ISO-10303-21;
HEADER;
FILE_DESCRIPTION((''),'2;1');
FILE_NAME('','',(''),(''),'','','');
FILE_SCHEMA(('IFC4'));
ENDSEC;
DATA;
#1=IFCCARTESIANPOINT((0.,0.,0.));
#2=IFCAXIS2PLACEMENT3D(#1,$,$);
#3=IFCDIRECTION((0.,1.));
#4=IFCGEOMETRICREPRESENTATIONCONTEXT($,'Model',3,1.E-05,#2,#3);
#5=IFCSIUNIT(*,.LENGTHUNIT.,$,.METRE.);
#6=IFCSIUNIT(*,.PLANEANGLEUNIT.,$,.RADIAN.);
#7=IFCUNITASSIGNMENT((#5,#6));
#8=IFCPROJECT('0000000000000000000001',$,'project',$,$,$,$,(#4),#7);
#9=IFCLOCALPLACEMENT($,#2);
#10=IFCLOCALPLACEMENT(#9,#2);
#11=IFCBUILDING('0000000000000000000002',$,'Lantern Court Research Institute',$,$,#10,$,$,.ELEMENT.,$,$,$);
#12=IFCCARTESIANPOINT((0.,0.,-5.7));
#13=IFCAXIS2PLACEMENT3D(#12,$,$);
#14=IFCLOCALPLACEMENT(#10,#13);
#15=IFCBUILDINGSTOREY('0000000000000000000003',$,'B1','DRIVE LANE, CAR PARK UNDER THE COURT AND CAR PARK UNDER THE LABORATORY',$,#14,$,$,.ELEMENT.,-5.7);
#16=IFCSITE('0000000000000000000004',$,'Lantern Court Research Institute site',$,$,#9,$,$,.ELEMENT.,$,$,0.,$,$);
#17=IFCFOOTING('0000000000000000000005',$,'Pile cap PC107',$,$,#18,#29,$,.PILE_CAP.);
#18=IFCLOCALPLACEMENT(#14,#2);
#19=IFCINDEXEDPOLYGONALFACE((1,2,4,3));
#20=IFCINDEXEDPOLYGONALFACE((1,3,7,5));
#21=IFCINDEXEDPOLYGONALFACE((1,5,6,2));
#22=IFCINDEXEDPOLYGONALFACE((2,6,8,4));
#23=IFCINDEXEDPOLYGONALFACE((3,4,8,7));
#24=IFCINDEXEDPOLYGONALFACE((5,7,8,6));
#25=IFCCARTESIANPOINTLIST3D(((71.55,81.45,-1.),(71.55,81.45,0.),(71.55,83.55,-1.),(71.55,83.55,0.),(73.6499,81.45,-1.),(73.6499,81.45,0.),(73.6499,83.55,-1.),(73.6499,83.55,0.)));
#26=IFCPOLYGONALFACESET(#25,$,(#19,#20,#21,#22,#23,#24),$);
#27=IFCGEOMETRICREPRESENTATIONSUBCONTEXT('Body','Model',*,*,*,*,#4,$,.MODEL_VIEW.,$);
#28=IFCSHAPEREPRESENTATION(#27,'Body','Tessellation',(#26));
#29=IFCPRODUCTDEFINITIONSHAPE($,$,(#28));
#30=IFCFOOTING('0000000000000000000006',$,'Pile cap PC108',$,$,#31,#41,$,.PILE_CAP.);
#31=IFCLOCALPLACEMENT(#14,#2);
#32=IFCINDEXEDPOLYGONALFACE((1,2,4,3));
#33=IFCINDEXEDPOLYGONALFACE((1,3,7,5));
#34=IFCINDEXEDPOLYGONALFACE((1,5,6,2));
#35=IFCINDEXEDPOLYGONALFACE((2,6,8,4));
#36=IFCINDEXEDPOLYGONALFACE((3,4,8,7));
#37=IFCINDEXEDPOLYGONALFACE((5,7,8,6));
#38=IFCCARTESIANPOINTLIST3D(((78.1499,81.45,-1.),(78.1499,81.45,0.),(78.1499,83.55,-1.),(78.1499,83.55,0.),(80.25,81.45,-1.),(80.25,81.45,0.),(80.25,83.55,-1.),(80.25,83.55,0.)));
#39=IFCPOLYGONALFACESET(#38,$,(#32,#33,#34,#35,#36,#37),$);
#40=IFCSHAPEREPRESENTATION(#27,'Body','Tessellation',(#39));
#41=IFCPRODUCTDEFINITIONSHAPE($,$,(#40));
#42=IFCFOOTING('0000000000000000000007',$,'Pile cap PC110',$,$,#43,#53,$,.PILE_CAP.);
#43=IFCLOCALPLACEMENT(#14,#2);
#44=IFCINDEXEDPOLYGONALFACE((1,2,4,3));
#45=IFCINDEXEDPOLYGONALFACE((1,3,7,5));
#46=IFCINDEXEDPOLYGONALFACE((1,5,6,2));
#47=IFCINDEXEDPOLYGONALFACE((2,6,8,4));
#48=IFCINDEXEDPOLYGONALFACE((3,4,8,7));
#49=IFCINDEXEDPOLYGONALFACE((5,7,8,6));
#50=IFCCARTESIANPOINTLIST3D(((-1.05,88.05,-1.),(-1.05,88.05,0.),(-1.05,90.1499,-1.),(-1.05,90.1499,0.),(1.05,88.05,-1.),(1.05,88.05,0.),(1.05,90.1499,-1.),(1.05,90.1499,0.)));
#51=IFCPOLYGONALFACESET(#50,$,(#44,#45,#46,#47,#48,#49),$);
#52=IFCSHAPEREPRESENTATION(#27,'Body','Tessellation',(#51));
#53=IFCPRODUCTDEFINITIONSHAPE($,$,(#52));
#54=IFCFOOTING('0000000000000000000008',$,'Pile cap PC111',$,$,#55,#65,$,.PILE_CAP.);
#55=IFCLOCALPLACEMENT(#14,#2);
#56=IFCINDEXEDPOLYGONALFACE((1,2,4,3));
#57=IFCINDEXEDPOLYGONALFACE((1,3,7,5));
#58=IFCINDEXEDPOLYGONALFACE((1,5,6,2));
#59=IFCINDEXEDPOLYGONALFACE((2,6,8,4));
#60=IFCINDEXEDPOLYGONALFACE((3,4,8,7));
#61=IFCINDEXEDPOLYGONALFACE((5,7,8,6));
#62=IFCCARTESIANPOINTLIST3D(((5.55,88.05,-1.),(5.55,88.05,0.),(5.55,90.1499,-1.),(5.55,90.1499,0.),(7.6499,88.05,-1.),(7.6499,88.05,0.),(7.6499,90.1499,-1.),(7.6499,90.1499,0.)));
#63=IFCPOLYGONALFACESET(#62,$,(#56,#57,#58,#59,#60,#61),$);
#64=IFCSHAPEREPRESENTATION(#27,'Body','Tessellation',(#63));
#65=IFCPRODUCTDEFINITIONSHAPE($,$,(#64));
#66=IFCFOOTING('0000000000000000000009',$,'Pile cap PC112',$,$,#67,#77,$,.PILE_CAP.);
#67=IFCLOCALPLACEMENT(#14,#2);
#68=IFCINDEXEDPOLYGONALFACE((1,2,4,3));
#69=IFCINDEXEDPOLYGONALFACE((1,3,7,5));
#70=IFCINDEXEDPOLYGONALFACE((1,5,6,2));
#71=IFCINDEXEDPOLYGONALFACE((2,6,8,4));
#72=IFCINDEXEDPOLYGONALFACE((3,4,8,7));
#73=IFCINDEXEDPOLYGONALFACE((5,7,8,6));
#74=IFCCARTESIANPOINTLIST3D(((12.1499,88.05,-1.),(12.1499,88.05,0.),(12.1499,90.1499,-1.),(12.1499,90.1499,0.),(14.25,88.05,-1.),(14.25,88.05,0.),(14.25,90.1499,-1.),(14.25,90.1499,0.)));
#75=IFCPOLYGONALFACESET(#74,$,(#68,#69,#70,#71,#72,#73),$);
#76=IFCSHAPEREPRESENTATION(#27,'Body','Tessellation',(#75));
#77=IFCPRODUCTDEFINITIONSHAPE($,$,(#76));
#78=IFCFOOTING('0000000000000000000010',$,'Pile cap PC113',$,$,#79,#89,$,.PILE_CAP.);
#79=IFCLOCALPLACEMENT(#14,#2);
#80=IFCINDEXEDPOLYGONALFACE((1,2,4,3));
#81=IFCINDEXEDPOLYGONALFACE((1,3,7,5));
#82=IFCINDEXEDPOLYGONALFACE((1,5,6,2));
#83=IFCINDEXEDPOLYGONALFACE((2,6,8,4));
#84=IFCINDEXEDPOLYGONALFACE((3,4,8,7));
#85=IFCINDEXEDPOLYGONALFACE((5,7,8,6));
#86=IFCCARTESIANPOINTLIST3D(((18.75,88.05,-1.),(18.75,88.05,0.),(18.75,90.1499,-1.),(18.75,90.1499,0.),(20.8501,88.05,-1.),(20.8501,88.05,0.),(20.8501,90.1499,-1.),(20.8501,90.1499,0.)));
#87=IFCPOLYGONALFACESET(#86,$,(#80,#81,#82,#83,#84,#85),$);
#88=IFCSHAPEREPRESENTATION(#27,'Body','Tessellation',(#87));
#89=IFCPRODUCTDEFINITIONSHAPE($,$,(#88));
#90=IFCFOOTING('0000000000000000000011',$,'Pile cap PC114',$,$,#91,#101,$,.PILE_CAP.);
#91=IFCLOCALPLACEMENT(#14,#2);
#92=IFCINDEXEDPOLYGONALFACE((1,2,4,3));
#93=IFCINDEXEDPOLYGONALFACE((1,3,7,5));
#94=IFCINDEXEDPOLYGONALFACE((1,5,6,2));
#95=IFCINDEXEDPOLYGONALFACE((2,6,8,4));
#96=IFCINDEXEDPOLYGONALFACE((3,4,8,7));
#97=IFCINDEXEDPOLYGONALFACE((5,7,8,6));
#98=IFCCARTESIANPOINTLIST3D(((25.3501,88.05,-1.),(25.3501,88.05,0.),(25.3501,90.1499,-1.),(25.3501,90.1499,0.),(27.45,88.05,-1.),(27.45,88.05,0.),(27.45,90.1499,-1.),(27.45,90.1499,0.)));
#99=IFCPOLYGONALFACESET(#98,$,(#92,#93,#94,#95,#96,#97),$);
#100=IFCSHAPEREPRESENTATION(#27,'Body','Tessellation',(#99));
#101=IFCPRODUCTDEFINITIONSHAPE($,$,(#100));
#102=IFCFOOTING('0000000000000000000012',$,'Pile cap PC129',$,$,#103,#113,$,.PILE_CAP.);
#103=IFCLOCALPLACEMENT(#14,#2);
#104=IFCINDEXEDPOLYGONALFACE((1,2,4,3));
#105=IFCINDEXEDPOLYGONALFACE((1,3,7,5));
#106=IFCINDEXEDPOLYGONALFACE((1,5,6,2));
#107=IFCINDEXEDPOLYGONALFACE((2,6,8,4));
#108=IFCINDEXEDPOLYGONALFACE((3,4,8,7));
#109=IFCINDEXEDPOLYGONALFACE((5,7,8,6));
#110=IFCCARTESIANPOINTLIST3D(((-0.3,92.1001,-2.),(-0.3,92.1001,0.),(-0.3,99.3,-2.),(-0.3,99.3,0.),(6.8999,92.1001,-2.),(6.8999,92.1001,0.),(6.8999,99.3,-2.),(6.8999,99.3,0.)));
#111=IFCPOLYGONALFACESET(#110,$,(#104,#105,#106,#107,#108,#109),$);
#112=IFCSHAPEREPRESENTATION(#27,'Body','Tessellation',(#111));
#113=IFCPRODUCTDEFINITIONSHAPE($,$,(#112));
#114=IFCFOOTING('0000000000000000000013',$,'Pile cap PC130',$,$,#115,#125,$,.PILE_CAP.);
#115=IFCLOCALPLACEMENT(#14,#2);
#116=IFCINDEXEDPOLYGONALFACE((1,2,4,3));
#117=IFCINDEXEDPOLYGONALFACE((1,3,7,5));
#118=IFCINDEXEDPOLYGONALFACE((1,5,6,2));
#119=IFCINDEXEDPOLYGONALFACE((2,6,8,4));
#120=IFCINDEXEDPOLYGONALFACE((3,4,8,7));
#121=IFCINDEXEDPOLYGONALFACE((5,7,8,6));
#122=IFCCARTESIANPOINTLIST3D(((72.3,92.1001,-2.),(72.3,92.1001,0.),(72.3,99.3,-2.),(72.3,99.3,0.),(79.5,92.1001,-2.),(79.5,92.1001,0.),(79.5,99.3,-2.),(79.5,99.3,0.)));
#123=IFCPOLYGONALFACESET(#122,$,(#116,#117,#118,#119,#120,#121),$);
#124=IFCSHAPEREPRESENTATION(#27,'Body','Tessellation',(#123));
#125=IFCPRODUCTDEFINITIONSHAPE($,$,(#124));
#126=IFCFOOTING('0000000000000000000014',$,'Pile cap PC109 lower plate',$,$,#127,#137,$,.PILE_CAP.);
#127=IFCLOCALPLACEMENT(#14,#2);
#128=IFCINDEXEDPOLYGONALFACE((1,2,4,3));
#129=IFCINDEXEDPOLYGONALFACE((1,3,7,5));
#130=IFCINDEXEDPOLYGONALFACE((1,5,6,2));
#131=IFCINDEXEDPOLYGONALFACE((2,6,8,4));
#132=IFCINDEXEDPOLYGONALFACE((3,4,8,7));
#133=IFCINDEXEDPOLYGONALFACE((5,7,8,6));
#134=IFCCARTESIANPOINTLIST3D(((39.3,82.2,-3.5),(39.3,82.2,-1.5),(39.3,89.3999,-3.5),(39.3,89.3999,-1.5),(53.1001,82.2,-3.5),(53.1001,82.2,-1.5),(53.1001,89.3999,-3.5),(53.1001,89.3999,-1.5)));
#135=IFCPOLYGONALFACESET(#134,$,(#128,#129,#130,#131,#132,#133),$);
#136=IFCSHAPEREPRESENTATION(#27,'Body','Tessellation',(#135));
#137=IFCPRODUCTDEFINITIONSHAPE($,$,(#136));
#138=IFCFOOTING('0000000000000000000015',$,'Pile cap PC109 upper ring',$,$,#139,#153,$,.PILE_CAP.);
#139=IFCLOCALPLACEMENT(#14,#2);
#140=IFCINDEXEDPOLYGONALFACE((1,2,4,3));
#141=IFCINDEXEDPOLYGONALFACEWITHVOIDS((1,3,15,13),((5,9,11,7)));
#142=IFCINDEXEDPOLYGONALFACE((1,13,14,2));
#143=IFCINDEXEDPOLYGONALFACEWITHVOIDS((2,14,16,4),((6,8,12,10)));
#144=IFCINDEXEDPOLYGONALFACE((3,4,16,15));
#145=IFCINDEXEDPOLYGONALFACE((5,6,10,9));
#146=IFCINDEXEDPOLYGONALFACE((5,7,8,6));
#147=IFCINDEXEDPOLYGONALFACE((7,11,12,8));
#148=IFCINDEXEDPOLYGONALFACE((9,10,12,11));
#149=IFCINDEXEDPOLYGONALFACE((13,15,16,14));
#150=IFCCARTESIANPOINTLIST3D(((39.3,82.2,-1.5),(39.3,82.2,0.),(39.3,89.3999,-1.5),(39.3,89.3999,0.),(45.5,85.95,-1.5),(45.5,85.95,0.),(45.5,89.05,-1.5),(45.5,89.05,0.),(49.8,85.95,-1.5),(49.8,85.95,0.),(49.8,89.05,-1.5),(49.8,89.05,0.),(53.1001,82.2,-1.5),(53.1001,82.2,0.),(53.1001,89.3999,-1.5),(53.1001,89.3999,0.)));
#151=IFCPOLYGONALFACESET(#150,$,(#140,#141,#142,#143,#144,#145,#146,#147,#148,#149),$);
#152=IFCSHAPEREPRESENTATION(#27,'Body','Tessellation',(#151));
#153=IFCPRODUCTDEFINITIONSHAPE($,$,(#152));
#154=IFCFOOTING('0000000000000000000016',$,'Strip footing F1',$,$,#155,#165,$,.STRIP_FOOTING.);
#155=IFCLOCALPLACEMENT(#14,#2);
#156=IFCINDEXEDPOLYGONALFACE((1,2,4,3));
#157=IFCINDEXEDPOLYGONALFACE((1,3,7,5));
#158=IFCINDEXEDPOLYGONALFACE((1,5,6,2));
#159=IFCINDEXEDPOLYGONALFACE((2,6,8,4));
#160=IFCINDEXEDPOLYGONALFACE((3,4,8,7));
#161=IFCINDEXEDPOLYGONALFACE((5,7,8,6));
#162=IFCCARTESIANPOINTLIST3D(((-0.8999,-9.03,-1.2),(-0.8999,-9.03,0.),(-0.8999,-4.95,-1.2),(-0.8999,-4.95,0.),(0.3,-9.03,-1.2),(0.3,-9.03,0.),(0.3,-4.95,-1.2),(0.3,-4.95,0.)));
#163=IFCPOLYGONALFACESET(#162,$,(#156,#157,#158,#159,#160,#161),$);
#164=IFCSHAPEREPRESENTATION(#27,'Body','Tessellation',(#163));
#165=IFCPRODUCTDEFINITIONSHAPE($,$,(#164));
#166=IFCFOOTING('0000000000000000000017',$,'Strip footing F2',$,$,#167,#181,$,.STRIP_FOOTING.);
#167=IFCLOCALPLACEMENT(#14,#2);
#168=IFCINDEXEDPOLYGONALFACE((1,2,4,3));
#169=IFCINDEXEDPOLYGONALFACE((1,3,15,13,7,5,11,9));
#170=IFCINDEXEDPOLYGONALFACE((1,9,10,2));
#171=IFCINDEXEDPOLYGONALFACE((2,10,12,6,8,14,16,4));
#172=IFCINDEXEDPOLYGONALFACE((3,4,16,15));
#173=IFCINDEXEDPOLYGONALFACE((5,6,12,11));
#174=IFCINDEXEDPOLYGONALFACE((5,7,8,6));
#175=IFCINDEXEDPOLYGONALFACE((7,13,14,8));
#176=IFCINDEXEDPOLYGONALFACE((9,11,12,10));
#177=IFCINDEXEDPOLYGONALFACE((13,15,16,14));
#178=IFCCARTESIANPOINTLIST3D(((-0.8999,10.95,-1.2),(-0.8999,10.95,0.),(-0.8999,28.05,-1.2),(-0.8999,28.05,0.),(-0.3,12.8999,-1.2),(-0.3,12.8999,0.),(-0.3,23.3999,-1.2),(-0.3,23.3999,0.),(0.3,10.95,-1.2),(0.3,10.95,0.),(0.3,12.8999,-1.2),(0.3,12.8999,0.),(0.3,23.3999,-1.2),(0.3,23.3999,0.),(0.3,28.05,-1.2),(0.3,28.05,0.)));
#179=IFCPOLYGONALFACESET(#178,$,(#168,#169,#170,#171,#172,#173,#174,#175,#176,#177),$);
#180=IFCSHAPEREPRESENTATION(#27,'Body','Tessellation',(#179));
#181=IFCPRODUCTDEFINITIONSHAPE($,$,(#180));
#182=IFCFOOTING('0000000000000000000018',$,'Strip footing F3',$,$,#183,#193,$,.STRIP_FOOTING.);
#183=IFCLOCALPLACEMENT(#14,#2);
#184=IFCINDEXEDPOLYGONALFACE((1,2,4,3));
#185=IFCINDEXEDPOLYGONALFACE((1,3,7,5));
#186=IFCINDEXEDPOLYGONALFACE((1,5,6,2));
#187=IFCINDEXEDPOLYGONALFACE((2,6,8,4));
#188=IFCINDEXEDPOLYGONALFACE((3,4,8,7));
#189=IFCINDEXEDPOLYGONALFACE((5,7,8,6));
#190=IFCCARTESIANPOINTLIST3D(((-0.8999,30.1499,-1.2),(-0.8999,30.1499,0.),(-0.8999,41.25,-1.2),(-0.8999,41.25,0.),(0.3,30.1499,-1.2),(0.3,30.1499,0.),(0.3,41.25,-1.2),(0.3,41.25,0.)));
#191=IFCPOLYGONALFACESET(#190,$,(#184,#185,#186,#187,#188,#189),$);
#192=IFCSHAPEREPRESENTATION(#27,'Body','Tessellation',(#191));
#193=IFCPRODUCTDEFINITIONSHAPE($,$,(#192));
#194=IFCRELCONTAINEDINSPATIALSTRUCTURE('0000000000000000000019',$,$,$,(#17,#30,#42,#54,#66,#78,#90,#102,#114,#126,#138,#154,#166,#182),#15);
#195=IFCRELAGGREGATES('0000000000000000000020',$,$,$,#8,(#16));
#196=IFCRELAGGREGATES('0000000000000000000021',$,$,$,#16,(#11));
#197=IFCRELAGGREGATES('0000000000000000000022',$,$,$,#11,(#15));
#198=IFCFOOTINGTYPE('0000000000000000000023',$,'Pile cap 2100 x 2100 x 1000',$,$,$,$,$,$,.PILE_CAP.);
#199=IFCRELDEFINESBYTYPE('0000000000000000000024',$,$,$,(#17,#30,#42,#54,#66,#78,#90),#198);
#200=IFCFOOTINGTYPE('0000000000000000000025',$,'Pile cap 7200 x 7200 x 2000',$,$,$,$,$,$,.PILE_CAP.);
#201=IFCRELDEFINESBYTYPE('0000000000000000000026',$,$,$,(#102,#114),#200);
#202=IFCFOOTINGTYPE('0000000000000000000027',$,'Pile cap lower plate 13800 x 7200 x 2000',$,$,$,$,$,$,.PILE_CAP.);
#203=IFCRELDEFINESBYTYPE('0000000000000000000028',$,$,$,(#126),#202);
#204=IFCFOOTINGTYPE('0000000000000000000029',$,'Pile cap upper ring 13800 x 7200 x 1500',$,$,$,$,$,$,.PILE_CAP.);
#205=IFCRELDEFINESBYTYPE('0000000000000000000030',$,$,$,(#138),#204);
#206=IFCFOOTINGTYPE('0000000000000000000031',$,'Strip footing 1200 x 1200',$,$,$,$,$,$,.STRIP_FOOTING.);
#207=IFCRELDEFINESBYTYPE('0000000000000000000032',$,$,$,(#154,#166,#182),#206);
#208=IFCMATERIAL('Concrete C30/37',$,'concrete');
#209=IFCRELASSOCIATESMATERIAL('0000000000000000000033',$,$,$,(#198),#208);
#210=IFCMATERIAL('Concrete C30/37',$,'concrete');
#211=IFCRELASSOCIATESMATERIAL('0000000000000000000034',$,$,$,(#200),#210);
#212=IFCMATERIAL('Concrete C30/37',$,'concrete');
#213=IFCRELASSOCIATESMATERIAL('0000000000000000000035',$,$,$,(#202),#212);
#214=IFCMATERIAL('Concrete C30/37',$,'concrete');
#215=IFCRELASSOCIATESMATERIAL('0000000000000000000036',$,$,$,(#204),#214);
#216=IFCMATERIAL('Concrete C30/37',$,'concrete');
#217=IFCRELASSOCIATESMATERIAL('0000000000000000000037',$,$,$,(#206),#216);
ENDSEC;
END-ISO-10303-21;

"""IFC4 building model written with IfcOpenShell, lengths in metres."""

from ifc_helpers import new_model, si_unit, direction, frame, origin, place, context, subcontext, project, spatial, polyline, outline, extrude, material, type_object, element, save


model = new_model("IFC4")

# Units and contexts
model_context = context("Model", 3, precision=1e-05, world=origin(), true_north=direction((0.0, 1.0)))
body_context = subcontext(model_context, "Body", "Model", "MODEL_VIEW")
ifc_project = project(units=[si_unit("LENGTHUNIT", "METRE"), si_unit("PLANEANGLEUNIT", "RADIAN")], contexts=[model_context])

# Site, building, storey
site_placement = place(None, origin())
site = spatial("IfcSite", under=ifc_project, at=site_placement, Name="Lantern Court Research Institute site", CompositionType="ELEMENT", RefElevation=0.0)
building_placement = place(site_placement, origin())
building = spatial("IfcBuilding", under=site, at=building_placement, Name="Lantern Court Research Institute", CompositionType="ELEMENT")
storey_placement = place(building_placement, frame((0.0, 0.0, -5.7)))
storey = spatial("IfcBuildingStorey", under=building, at=storey_placement, Name="B1", Description="DRIVE LANE, CAR PARK UNDER THE COURT AND CAR PARK UNDER THE LABORATORY", CompositionType="ELEMENT", Elevation=-5.7)

# Footings
ifc_material_1 = material(Name="Concrete C30/37", Category="concrete")
footing_type_1 = type_object("IfcFootingType", Name="Pile cap 2100 x 2100 x 1000", PredefinedType="PILE_CAP", material=ifc_material_1)
footing_1_placement = place(storey_placement, frame((0.0, 0.0, -1.0)))
element("IfcFooting", 1, at=footing_1_placement, inside=storey, type_object=footing_type_1, Name="Pile cap PC107", PredefinedType="PILE_CAP", context=body_context, shape_type="SweptSolid", body=[
    extrude(outline(polyline([(71.55, 81.45), (73.6499, 81.45), (73.6499, 83.55), (71.55, 83.55), (71.55, 81.45)])), origin(), (0.0, 0.0, 1.0), 1.0),
])
footing_2_placement = place(storey_placement, frame((0.0, 0.0, -1.0)))
element("IfcFooting", 2, at=footing_2_placement, inside=storey, type_object=footing_type_1, Name="Pile cap PC108", PredefinedType="PILE_CAP", context=body_context, shape_type="SweptSolid", body=[
    extrude(outline(polyline([(78.1499, 81.45), (80.25, 81.45), (80.25, 83.55), (78.1499, 83.55), (78.1499, 81.45)])), origin(), (0.0, 0.0, 1.0), 1.0),
])
footing_3_placement = place(storey_placement, frame((0.0, 0.0, -1.0)))
element("IfcFooting", 3, at=footing_3_placement, inside=storey, type_object=footing_type_1, Name="Pile cap PC110", PredefinedType="PILE_CAP", context=body_context, shape_type="SweptSolid", body=[
    extrude(outline(polyline([(-1.05, 88.05), (1.05, 88.05), (1.05, 90.1499), (-1.05, 90.1499), (-1.05, 88.05)])), origin(), (0.0, 0.0, 1.0), 1.0),
])
footing_4_placement = place(storey_placement, frame((0.0, 0.0, -1.0)))
element("IfcFooting", 4, at=footing_4_placement, inside=storey, type_object=footing_type_1, Name="Pile cap PC111", PredefinedType="PILE_CAP", context=body_context, shape_type="SweptSolid", body=[
    extrude(outline(polyline([(5.55, 88.05), (7.6499, 88.05), (7.6499, 90.1499), (5.55, 90.1499), (5.55, 88.05)])), origin(), (0.0, 0.0, 1.0), 1.0),
])
footing_5_placement = place(storey_placement, frame((0.0, 0.0, -1.0)))
element("IfcFooting", 5, at=footing_5_placement, inside=storey, type_object=footing_type_1, Name="Pile cap PC112", PredefinedType="PILE_CAP", context=body_context, shape_type="SweptSolid", body=[
    extrude(outline(polyline([(12.1499, 88.05), (14.25, 88.05), (14.25, 90.1499), (12.1499, 90.1499), (12.1499, 88.05)])), origin(), (0.0, 0.0, 1.0), 1.0),
])
footing_6_placement = place(storey_placement, frame((0.0, 0.0, -1.0)))
element("IfcFooting", 6, at=footing_6_placement, inside=storey, type_object=footing_type_1, Name="Pile cap PC113", PredefinedType="PILE_CAP", context=body_context, shape_type="SweptSolid", body=[
    extrude(outline(polyline([(18.75, 88.05), (20.8501, 88.05), (20.8501, 90.1499), (18.75, 90.1499), (18.75, 88.05)])), origin(), (0.0, 0.0, 1.0), 1.0),
])
footing_7_placement = place(storey_placement, frame((0.0, 0.0, -1.0)))
element("IfcFooting", 7, at=footing_7_placement, inside=storey, type_object=footing_type_1, Name="Pile cap PC114", PredefinedType="PILE_CAP", context=body_context, shape_type="SweptSolid", body=[
    extrude(outline(polyline([(25.3501, 88.05), (27.45, 88.05), (27.45, 90.1499), (25.3501, 90.1499), (25.3501, 88.05)])), origin(), (0.0, 0.0, 1.0), 1.0),
])
ifc_material_2 = material(Name="Concrete C30/37", Category="concrete")
footing_type_2 = type_object("IfcFootingType", Name="Pile cap 7200 x 7200 x 2000", PredefinedType="PILE_CAP", material=ifc_material_2)
footing_8_placement = place(storey_placement, frame((0.0, 0.0, -2.0)))
element("IfcFooting", 8, at=footing_8_placement, inside=storey, type_object=footing_type_2, Name="Pile cap PC129", PredefinedType="PILE_CAP", context=body_context, shape_type="SweptSolid", body=[
    extrude(outline(polyline([(-0.3, 92.1001), (6.8999, 92.1001), (6.8999, 99.3), (-0.3, 99.3), (-0.3, 92.1001)])), origin(), (0.0, 0.0, 1.0), 2.0),
])
footing_9_placement = place(storey_placement, frame((0.0, 0.0, -2.0)))
element("IfcFooting", 9, at=footing_9_placement, inside=storey, type_object=footing_type_2, Name="Pile cap PC130", PredefinedType="PILE_CAP", context=body_context, shape_type="SweptSolid", body=[
    extrude(outline(polyline([(72.3, 92.1001), (79.5, 92.1001), (79.5, 99.3), (72.3, 99.3), (72.3, 92.1001)])), origin(), (0.0, 0.0, 1.0), 2.0),
])
ifc_material_3 = material(Name="Concrete C30/37", Category="concrete")
footing_type_3 = type_object("IfcFootingType", Name="Pile cap lower plate 13800 x 7200 x 2000", PredefinedType="PILE_CAP", material=ifc_material_3)
footing_10_placement = place(storey_placement, frame((0.0, 0.0, -3.5)))
element("IfcFooting", 10, at=footing_10_placement, inside=storey, type_object=footing_type_3, Name="Pile cap PC109 lower plate", PredefinedType="PILE_CAP", context=body_context, shape_type="SweptSolid", body=[
    extrude(outline(polyline([(39.3, 82.2), (53.1001, 82.2), (53.1001, 89.3999), (39.3, 89.3999), (39.3, 82.2)])), origin(), (0.0, 0.0, 1.0), 2.0),
])
ifc_material_4 = material(Name="Concrete C30/37", Category="concrete")
footing_type_4 = type_object("IfcFootingType", Name="Pile cap upper ring 13800 x 7200 x 1500", PredefinedType="PILE_CAP", material=ifc_material_4)
footing_11_placement = place(storey_placement, frame((0.0, 0.0, -1.5)))
element("IfcFooting", 11, at=footing_11_placement, inside=storey, type_object=footing_type_4, Name="Pile cap PC109 upper ring", PredefinedType="PILE_CAP", context=body_context, shape_type="SweptSolid", body=[
    extrude(outline(polyline([(39.3, 82.2), (53.1001, 82.2), (53.1001, 89.3999), (39.3, 89.3999), (39.3, 82.2)]), holes=[polyline([(45.5, 85.95), (49.8, 85.95), (49.8, 89.05), (45.5, 89.05), (45.5, 85.95)])]), origin(), (0.0, 0.0, 1.0), 1.5),
])
ifc_material_5 = material(Name="Concrete C30/37", Category="concrete")
footing_type_5 = type_object("IfcFootingType", Name="Strip footing 1200 x 1200", PredefinedType="STRIP_FOOTING", material=ifc_material_5)
footing_12_placement = place(storey_placement, frame((0.0, 0.0, -1.2)))
element("IfcFooting", 12, at=footing_12_placement, inside=storey, type_object=footing_type_5, Name="Strip footing F1", PredefinedType="STRIP_FOOTING", context=body_context, shape_type="SweptSolid", body=[
    extrude(outline(polyline([(0.3, -9.03), (-0.8999, -9.03), (-0.8999, -4.95), (0.3, -4.95), (0.3, -9.03)])), origin(), (0.0, 0.0, 1.0), 1.2),
])
footing_13_placement = place(storey_placement, frame((0.0, 0.0, -1.2)))
element("IfcFooting", 13, at=footing_13_placement, inside=storey, type_object=footing_type_5, Name="Strip footing F2", PredefinedType="STRIP_FOOTING", context=body_context, shape_type="SweptSolid", body=[
    extrude(outline(polyline([(-0.8999, 10.95), (-0.8999, 28.05), (0.3, 28.05), (0.3, 23.3999), (-0.3, 23.3999), (-0.3, 12.8999), (0.3, 12.8999), (0.3, 10.95), (-0.8999, 10.95)])), origin(), (0.0, 0.0, 1.0), 1.2),
])
footing_14_placement = place(storey_placement, frame((0.0, 0.0, -1.2)))
element("IfcFooting", 14, at=footing_14_placement, inside=storey, type_object=footing_type_5, Name="Strip footing F3", PredefinedType="STRIP_FOOTING", context=body_context, shape_type="SweptSolid", body=[
    extrude(outline(polyline([(-0.8999, 41.25), (0.3, 41.25), (0.3, 30.1499), (-0.8999, 30.1499), (-0.8999, 41.25)])), origin(), (0.0, 0.0, 1.0), 1.2),
])

save(model, "model.ifc")
